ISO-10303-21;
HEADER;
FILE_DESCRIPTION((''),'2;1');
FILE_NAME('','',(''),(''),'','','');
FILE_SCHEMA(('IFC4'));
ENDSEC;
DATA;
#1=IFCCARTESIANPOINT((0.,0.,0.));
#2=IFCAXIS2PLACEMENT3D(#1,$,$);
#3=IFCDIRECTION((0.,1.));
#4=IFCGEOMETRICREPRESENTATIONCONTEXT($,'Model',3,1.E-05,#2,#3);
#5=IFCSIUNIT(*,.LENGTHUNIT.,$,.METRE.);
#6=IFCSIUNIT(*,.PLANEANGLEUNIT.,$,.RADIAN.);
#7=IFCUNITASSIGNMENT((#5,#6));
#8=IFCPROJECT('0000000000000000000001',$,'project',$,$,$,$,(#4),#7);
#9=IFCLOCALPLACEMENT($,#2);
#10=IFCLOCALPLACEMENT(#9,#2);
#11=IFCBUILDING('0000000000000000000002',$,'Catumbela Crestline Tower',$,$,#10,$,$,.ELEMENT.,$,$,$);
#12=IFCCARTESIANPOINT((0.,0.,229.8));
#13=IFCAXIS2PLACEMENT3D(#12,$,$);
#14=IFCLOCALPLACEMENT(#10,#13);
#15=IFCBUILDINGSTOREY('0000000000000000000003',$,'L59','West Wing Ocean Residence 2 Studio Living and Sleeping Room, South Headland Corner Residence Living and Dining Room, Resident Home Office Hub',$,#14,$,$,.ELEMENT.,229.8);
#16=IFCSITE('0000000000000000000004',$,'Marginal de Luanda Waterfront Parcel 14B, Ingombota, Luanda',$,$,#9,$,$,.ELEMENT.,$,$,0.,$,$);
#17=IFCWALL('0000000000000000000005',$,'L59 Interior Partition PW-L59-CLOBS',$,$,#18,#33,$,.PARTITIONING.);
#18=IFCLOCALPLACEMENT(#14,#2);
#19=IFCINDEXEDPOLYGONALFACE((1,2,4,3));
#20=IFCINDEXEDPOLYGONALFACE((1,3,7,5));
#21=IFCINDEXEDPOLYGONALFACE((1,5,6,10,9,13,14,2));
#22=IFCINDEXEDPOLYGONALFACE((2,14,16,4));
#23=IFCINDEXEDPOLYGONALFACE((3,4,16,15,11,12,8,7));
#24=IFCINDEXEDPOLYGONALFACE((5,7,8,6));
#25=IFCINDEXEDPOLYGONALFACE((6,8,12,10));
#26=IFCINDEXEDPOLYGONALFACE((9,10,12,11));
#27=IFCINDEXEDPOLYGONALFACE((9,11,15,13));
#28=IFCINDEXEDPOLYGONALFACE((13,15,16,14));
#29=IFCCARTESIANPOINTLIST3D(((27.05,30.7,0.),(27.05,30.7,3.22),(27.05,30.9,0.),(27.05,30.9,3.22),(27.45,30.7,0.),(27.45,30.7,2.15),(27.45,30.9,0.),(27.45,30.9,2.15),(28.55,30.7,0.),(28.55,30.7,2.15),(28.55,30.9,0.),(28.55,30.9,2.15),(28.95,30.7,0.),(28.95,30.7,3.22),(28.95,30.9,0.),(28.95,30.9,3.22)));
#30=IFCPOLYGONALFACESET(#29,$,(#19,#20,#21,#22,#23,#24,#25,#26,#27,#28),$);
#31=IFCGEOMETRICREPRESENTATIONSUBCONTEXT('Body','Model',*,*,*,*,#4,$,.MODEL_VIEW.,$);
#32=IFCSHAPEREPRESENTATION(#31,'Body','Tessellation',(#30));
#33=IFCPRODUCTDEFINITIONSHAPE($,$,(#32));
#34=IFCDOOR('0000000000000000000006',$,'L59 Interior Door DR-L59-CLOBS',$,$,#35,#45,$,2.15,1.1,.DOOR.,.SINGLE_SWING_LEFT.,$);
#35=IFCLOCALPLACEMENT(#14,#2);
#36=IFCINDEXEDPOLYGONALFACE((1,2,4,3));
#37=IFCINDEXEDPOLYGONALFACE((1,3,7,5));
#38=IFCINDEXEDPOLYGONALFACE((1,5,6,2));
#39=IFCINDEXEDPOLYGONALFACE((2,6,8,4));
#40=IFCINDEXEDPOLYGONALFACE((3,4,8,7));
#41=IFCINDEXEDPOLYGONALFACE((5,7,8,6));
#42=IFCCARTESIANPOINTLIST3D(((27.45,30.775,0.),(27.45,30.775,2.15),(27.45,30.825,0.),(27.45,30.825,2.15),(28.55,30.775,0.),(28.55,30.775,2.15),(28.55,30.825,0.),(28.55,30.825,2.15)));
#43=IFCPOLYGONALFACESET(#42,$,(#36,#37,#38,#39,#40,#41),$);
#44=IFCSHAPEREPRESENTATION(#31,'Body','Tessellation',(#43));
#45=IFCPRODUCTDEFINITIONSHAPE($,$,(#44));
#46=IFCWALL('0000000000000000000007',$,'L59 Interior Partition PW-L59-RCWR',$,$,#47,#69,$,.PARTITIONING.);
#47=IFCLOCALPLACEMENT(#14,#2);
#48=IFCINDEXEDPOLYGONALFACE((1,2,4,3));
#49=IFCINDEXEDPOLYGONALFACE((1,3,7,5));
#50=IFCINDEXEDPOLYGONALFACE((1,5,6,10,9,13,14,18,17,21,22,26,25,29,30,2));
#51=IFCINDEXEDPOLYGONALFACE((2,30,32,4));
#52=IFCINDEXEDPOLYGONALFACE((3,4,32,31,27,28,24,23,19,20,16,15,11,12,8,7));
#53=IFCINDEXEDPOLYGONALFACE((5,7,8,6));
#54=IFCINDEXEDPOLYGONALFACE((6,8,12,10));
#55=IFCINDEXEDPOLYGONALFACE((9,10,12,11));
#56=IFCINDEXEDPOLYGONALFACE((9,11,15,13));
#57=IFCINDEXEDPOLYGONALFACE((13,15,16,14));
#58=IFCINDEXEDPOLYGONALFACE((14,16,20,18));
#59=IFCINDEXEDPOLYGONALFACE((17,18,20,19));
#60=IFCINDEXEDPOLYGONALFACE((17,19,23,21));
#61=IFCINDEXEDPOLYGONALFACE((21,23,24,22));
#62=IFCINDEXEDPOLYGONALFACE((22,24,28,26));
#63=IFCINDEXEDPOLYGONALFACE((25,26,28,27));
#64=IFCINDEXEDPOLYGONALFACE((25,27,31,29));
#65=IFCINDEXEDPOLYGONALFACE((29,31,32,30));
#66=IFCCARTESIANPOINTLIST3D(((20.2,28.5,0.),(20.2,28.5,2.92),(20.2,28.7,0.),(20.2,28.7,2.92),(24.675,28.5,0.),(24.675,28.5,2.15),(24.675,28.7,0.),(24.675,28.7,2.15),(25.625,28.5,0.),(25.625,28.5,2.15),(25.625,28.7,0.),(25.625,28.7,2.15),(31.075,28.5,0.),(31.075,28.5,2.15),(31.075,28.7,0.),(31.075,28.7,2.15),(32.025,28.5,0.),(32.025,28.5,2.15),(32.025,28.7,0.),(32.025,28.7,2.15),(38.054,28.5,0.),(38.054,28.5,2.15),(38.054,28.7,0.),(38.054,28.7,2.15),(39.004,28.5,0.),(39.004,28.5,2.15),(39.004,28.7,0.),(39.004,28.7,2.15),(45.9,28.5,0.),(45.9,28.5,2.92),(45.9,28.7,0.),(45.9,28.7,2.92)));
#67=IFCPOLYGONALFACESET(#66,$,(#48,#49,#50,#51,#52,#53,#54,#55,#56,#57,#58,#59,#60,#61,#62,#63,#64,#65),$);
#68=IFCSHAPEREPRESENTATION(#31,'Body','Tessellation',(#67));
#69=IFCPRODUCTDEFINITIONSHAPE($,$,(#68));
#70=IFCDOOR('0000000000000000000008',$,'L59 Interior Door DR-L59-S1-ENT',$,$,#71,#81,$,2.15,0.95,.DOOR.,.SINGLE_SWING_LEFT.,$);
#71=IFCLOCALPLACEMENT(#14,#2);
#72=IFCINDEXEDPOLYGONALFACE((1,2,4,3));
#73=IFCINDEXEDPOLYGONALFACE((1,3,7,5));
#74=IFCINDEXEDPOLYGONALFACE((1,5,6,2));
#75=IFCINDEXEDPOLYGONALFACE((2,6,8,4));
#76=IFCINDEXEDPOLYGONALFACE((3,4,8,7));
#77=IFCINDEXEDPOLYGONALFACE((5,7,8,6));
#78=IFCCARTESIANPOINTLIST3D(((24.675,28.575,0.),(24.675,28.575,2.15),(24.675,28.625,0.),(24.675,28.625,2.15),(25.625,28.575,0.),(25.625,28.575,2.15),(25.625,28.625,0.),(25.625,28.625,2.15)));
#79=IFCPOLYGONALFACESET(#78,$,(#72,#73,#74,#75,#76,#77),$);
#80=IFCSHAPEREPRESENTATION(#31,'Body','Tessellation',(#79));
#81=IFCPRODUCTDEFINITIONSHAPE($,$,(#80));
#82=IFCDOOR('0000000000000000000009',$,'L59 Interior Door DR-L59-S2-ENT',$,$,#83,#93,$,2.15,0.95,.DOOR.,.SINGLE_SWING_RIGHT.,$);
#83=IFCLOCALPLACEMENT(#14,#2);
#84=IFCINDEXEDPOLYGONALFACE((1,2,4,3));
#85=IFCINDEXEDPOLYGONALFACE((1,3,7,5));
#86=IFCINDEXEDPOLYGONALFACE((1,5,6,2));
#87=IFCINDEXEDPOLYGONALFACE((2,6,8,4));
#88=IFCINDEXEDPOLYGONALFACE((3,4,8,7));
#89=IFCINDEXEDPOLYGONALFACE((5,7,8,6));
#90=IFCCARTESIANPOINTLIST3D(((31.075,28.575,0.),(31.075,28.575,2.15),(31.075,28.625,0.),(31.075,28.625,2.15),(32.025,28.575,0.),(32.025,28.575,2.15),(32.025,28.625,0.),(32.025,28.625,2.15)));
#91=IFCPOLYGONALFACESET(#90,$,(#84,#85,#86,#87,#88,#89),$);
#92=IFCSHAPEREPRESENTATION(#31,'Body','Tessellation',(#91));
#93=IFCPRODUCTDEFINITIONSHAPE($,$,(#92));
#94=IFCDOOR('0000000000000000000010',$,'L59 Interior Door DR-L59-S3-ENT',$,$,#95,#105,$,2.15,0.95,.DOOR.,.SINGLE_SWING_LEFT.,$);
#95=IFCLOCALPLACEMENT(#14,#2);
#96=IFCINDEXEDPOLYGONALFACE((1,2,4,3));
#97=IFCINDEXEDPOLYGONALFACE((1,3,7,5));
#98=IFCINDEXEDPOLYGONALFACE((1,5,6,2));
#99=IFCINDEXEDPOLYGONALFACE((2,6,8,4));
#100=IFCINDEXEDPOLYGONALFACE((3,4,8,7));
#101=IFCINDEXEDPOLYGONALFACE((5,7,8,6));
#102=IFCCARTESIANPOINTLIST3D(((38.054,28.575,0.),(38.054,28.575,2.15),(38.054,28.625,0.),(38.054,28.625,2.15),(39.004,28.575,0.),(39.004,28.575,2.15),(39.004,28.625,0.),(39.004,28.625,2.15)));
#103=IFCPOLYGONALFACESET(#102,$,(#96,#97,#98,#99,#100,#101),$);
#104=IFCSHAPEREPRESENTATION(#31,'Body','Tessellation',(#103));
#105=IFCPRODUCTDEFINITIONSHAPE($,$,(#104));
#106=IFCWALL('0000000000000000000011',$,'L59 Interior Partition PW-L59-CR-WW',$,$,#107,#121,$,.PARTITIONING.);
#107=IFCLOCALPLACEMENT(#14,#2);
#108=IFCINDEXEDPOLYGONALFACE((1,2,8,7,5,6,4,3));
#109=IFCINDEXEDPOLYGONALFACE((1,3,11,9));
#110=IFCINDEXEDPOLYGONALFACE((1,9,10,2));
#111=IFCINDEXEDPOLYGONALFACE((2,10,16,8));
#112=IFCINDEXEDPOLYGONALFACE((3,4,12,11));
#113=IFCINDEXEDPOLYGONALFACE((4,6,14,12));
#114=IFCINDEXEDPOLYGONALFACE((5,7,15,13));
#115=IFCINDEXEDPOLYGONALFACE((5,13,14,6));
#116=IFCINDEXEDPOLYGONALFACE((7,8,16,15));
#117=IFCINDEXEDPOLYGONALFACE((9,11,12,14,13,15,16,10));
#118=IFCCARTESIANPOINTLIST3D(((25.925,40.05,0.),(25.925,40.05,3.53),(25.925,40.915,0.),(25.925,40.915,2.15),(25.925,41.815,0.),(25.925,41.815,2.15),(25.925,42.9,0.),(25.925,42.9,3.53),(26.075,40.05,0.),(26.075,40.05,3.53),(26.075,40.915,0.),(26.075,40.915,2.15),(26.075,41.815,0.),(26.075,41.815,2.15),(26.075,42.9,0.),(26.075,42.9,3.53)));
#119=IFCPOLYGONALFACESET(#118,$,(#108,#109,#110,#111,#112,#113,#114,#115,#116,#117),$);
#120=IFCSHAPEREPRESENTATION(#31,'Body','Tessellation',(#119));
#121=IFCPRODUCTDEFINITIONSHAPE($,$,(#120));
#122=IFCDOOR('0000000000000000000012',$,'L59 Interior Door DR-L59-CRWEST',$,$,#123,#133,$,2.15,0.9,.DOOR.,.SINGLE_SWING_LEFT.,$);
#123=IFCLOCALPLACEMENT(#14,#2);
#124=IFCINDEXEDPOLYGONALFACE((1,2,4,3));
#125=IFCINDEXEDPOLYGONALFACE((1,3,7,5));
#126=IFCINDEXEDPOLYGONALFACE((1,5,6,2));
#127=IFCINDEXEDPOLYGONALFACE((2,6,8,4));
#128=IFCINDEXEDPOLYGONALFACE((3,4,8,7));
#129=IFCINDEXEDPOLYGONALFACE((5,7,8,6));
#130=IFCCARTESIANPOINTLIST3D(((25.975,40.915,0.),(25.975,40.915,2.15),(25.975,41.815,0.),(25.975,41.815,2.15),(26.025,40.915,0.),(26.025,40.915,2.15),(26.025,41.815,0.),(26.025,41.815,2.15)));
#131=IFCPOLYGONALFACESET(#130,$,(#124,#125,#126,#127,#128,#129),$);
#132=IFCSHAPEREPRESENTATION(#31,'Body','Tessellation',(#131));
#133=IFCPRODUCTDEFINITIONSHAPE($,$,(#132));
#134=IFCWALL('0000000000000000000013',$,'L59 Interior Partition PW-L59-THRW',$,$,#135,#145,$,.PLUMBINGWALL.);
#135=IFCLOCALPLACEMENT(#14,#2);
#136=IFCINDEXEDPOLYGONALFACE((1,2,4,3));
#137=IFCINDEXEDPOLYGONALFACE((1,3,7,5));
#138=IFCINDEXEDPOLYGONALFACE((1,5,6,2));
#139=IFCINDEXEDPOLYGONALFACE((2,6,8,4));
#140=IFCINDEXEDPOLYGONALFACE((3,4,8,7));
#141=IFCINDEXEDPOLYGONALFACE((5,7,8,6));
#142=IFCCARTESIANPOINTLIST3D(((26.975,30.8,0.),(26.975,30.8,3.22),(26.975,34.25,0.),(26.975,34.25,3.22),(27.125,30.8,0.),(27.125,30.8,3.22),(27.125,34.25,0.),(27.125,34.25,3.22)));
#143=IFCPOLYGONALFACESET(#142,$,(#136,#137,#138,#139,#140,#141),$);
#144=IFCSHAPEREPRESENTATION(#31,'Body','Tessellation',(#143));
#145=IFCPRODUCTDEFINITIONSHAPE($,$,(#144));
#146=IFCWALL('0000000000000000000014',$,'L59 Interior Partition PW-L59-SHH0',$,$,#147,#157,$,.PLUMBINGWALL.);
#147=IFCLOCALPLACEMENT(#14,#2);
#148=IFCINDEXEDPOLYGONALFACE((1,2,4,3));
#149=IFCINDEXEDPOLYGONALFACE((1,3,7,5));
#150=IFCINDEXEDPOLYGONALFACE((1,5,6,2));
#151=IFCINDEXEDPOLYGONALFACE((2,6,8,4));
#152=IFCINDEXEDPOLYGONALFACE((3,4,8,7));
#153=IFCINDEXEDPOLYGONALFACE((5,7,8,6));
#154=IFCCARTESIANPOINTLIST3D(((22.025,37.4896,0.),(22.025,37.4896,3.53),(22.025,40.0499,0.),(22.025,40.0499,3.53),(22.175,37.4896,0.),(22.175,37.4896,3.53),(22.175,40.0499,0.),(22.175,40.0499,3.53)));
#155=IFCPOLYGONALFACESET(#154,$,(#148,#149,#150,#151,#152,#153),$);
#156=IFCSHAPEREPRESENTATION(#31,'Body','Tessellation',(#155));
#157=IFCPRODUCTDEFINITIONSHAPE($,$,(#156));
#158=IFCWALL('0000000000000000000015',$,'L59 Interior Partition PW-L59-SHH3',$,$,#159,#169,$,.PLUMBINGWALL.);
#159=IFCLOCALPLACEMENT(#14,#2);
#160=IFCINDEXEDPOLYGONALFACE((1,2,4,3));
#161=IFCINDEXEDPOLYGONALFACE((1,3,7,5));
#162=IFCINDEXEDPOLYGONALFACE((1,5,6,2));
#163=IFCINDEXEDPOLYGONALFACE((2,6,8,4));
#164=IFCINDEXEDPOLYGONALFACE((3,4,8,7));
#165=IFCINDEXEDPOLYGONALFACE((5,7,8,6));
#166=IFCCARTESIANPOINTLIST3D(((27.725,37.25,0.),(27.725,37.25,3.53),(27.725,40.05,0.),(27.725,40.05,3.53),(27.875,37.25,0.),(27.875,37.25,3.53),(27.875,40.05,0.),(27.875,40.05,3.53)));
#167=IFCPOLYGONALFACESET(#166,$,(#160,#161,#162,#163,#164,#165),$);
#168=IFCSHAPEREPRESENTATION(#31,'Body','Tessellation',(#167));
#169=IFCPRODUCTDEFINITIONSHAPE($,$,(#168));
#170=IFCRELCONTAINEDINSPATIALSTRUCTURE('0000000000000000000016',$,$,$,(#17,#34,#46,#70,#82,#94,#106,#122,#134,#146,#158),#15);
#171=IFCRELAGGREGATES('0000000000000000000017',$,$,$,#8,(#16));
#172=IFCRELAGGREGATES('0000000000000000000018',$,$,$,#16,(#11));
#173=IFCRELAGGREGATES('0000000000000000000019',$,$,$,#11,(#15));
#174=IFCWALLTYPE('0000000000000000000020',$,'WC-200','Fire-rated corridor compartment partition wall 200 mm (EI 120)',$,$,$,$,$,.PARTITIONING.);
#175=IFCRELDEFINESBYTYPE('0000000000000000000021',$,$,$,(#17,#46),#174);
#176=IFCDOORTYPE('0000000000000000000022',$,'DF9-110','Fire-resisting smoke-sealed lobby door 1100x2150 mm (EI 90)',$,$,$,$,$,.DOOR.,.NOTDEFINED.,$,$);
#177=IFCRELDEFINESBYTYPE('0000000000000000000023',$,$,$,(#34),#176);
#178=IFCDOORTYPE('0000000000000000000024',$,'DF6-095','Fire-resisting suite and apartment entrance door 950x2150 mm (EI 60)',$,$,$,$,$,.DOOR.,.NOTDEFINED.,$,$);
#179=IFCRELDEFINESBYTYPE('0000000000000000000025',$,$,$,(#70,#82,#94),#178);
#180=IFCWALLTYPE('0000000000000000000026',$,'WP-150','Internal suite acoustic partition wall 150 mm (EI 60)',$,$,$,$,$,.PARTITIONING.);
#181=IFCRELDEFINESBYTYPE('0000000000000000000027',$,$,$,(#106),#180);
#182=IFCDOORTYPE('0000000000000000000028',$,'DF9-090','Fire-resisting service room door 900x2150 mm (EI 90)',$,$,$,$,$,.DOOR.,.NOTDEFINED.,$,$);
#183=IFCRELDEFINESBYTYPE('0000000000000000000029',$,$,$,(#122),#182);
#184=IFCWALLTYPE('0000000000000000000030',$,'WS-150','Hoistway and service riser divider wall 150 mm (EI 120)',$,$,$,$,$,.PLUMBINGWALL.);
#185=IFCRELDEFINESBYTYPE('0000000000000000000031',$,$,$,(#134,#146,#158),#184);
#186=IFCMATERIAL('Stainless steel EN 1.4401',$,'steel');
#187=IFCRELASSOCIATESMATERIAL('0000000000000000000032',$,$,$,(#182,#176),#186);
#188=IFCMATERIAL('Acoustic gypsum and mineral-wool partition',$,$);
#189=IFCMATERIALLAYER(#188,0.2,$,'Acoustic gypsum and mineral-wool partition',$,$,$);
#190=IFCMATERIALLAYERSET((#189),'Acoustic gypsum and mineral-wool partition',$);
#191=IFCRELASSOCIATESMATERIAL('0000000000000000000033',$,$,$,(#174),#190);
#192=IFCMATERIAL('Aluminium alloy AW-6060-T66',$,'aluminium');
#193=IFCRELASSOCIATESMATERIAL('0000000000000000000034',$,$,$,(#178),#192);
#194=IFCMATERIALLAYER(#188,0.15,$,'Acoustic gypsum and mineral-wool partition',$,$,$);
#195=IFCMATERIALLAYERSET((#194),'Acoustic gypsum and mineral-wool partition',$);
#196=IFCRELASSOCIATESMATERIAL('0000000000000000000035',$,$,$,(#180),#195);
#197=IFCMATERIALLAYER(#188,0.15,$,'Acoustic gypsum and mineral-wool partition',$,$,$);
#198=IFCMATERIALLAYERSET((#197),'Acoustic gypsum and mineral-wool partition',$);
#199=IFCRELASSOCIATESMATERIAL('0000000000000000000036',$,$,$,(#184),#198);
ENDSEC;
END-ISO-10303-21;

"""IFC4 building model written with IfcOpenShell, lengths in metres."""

from ifc_helpers import new_model, si_unit, direction, frame, frame_2d, origin, place, context, subcontext, project, spatial, rectangle, extrude, material, layer, layer_set, type_object, element, fill, save


model = new_model("IFC4")

# Units and contexts
model_context = context("Model", 3, precision=1e-05, world=origin(), true_north=direction((0.0, 1.0)))
body_context = subcontext(model_context, "Body", "Model", "MODEL_VIEW")
ifc_project = project(units=[si_unit("LENGTHUNIT", "METRE"), si_unit("PLANEANGLEUNIT", "RADIAN")], contexts=[model_context])

# Site, building, storey
site_placement = place(None, origin())
site = spatial("IfcSite", under=ifc_project, at=site_placement, Name="Marginal de Luanda Waterfront Parcel 14B, Ingombota, Luanda", CompositionType="ELEMENT", RefElevation=0.0)
building_placement = place(site_placement, origin())
building = spatial("IfcBuilding", under=site, at=building_placement, Name="Catumbela Crestline Tower", CompositionType="ELEMENT")
storey_placement = place(building_placement, frame((0.0, 0.0, 229.8)))
storey = spatial("IfcBuildingStorey", under=building, at=storey_placement, Name="L59", Description="West Wing Ocean Residence 2 Studio Living and Sleeping Room, South Headland Corner Residence Living and Dining Room, Resident Home Office Hub", CompositionType="ELEMENT", Elevation=229.8)

# Shared definitions
ifc_material_1 = material(Name="Stainless steel EN 1.4401", Category="steel")

# Shared definitions
door_type_1 = type_object("IfcDoorType", Name="DF9-090", Description="Fire-resisting service room door 900x2150 mm (EI 90)", OperationType="NOTDEFINED", PredefinedType="DOOR", material=ifc_material_1)

# Wall, opening, door
ifc_material_2 = material(Name="Acoustic gypsum and mineral-wool partition")
ifc_layer_1 = layer(ifc_material_2, 0.2, Name="Acoustic gypsum and mineral-wool partition")
ifc_layer_set_1 = layer_set([ifc_layer_1], Name="Acoustic gypsum and mineral-wool partition")
wall_type_1 = type_object("IfcWallType", Name="WC-200", Description="Fire-rated corridor compartment partition wall 200 mm (EI 120)", PredefinedType="PARTITIONING", material=ifc_layer_set_1)
wall_1_placement = place(storey_placement, frame((27.05, 30.8, 0.0), z_axis=(0.0, 0.0, 1.0), x_axis=(1.0, 0.0, 0.0)))
wall_1 = element("IfcWall", 1, at=wall_1_placement, inside=storey, type_object=wall_type_1, Name="L59 Interior Partition PW-L59-CLOBS", PredefinedType="PARTITIONING", context=body_context, shape_type="SweptSolid", body=[
    extrude(rectangle(XDim=1.9, YDim=0.2, at=frame_2d((0.95, 0.0))), origin(), (0.0, 0.0, 1.0), 3.22),
])
opening_1_placement = place(wall_1_placement, frame((0.4, 0.0, 0.0)))
opening_1 = element("IfcOpeningElement", 2, at=opening_1_placement, cuts=wall_1, PredefinedType="OPENING", context=body_context, shape_type="SweptSolid", body=[
    extrude(rectangle(XDim=1.1, YDim=2.15, at=frame_2d((0.55, 1.075))), frame((0.0, 0.11, 0.0), z_axis=(0.0, -1.0, 0.0), x_axis=(1.0, 0.0, 0.0)), (0.0, 0.0, 1.0), 0.22),
])
door_type_2 = type_object("IfcDoorType", Name="DF9-110", Description="Fire-resisting smoke-sealed lobby door 1100x2150 mm (EI 90)", OperationType="NOTDEFINED", PredefinedType="DOOR", material=ifc_material_1)
door_1_placement = place(opening_1_placement, origin())
door_1 = element("IfcDoor", 3, at=door_1_placement, inside=storey, type_object=door_type_2, Name="L59 Interior Door DR-L59-CLOBS", OperationType="SINGLE_SWING_LEFT", OverallHeight=2.15, OverallWidth=1.1, PredefinedType="DOOR", context=body_context, shape_type="SweptSolid", body=[
    extrude(rectangle(XDim=1.1, YDim=2.15, at=frame_2d((0.55, 1.075))), frame((0.0, 0.025, 0.0), z_axis=(0.0, -1.0, 0.0), x_axis=(1.0, 0.0, 0.0)), (0.0, 0.0, 1.0), 0.05),
])
fill(opening_1, door_1)

# Wall, openings, doors
wall_2_placement = place(storey_placement, frame((20.2, 28.6, 0.0), z_axis=(0.0, 0.0, 1.0), x_axis=(1.0, 0.0, 0.0)))
wall_2 = element("IfcWall", 4, at=wall_2_placement, inside=storey, type_object=wall_type_1, Name="L59 Interior Partition PW-L59-RCWR", PredefinedType="PARTITIONING", context=body_context, shape_type="SweptSolid", body=[
    extrude(rectangle(XDim=25.7, YDim=0.2, at=frame_2d((12.85, 0.0))), origin(), (0.0, 0.0, 1.0), 2.92),
])
opening_2_placement = place(wall_2_placement, frame((4.475, 0.0, 0.0)))
opening_2 = element("IfcOpeningElement", 5, at=opening_2_placement, cuts=wall_2, PredefinedType="OPENING", context=body_context, shape_type="SweptSolid", body=[
    extrude(rectangle(XDim=0.95, YDim=2.15, at=frame_2d((0.475, 1.075))), frame((0.0, 0.11, 0.0), z_axis=(0.0, -1.0, 0.0), x_axis=(1.0, 0.0, 0.0)), (0.0, 0.0, 1.0), 0.22),
])
opening_3_placement = place(wall_2_placement, frame((10.875, 0.0, 0.0)))
opening_3 = element("IfcOpeningElement", 6, at=opening_3_placement, cuts=wall_2, PredefinedType="OPENING", context=body_context, shape_type="SweptSolid", body=[
    extrude(rectangle(XDim=0.95, YDim=2.15, at=frame_2d((0.475, 1.075))), frame((0.0, 0.11, 0.0), z_axis=(0.0, -1.0, 0.0), x_axis=(1.0, 0.0, 0.0)), (0.0, 0.0, 1.0), 0.22),
])
opening_4_placement = place(wall_2_placement, frame((17.854, 0.0, 0.0)))
opening_4 = element("IfcOpeningElement", 7, at=opening_4_placement, cuts=wall_2, PredefinedType="OPENING", context=body_context, shape_type="SweptSolid", body=[
    extrude(rectangle(XDim=0.95, YDim=2.15, at=frame_2d((0.475, 1.075))), frame((0.0, 0.11, 0.0), z_axis=(0.0, -1.0, 0.0), x_axis=(1.0, 0.0, 0.0)), (0.0, 0.0, 1.0), 0.22),
])
ifc_material_3 = material(Name="Aluminium alloy AW-6060-T66", Category="aluminium")
door_type_3 = type_object("IfcDoorType", Name="DF6-095", Description="Fire-resisting suite and apartment entrance door 950x2150 mm (EI 60)", OperationType="NOTDEFINED", PredefinedType="DOOR", material=ifc_material_3)
door_2_placement = place(opening_2_placement, origin())
door_2 = element("IfcDoor", 8, at=door_2_placement, inside=storey, type_object=door_type_3, Name="L59 Interior Door DR-L59-S1-ENT", OperationType="SINGLE_SWING_LEFT", OverallHeight=2.15, OverallWidth=0.95, PredefinedType="DOOR", context=body_context, shape_type="SweptSolid", body=[
    extrude(rectangle(XDim=0.95, YDim=2.15, at=frame_2d((0.475, 1.075))), frame((0.0, 0.025, 0.0), z_axis=(0.0, -1.0, 0.0), x_axis=(1.0, 0.0, 0.0)), (0.0, 0.0, 1.0), 0.05),
])
fill(opening_2, door_2)
door_3_placement = place(opening_3_placement, origin())
door_3 = element("IfcDoor", 9, at=door_3_placement, inside=storey, type_object=door_type_3, Name="L59 Interior Door DR-L59-S2-ENT", OperationType="SINGLE_SWING_RIGHT", OverallHeight=2.15, OverallWidth=0.95, PredefinedType="DOOR", context=body_context, shape_type="SweptSolid", body=[
    extrude(rectangle(XDim=0.95, YDim=2.15, at=frame_2d((0.475, 1.075))), frame((0.0, 0.025, 0.0), z_axis=(0.0, -1.0, 0.0), x_axis=(1.0, 0.0, 0.0)), (0.0, 0.0, 1.0), 0.05),
])
fill(opening_3, door_3)
door_4_placement = place(opening_4_placement, origin())
door_4 = element("IfcDoor", 10, at=door_4_placement, inside=storey, type_object=door_type_3, Name="L59 Interior Door DR-L59-S3-ENT", OperationType="SINGLE_SWING_LEFT", OverallHeight=2.15, OverallWidth=0.95, PredefinedType="DOOR", context=body_context, shape_type="SweptSolid", body=[
    extrude(rectangle(XDim=0.95, YDim=2.15, at=frame_2d((0.475, 1.075))), frame((0.0, 0.025, 0.0), z_axis=(0.0, -1.0, 0.0), x_axis=(1.0, 0.0, 0.0)), (0.0, 0.0, 1.0), 0.05),
])
fill(opening_4, door_4)

# Wall, opening, door
ifc_layer_2 = layer(ifc_material_2, 0.15, Name="Acoustic gypsum and mineral-wool partition")
ifc_layer_set_2 = layer_set([ifc_layer_2], Name="Acoustic gypsum and mineral-wool partition")
wall_type_2 = type_object("IfcWallType", Name="WP-150", Description="Internal suite acoustic partition wall 150 mm (EI 60)", PredefinedType="PARTITIONING", material=ifc_layer_set_2)
wall_3_placement = place(storey_placement, frame((26.0, 40.05, 0.0), z_axis=(0.0, 0.0, 1.0), x_axis=(0.0, 1.0, 0.0)))
wall_3 = element("IfcWall", 11, at=wall_3_placement, inside=storey, type_object=wall_type_2, Name="L59 Interior Partition PW-L59-CR-WW", PredefinedType="PARTITIONING", context=body_context, shape_type="SweptSolid", body=[
    extrude(rectangle(XDim=2.85, YDim=0.15, at=frame_2d((1.425, 0.0))), origin(), (0.0, 0.0, 1.0), 3.53),
])
opening_5_placement = place(wall_3_placement, frame((0.865, 0.0, 0.0)))
opening_5 = element("IfcOpeningElement", 12, at=opening_5_placement, cuts=wall_3, PredefinedType="OPENING", context=body_context, shape_type="SweptSolid", body=[
    extrude(rectangle(XDim=0.9, YDim=2.15, at=frame_2d((0.45, 1.075))), frame((0.0, 0.085, 0.0), z_axis=(0.0, -1.0, 0.0), x_axis=(1.0, 0.0, 0.0)), (0.0, 0.0, 1.0), 0.17),
])
door_5_placement = place(opening_5_placement, origin())
door_5 = element("IfcDoor", 13, at=door_5_placement, inside=storey, type_object=door_type_1, Name="L59 Interior Door DR-L59-CRWEST", OperationType="SINGLE_SWING_LEFT", OverallHeight=2.15, OverallWidth=0.9, PredefinedType="DOOR", context=body_context, shape_type="SweptSolid", body=[
    extrude(rectangle(XDim=0.9, YDim=2.15, at=frame_2d((0.45, 1.075))), frame((0.0, 0.025, 0.0), z_axis=(0.0, -1.0, 0.0), x_axis=(1.0, 0.0, 0.0)), (0.0, 0.0, 1.0), 0.05),
])
fill(opening_5, door_5)

# Walls
ifc_layer_3 = layer(ifc_material_2, 0.15, Name="Acoustic gypsum and mineral-wool partition")
ifc_layer_set_3 = layer_set([ifc_layer_3], Name="Acoustic gypsum and mineral-wool partition")
wall_type_3 = type_object("IfcWallType", Name="WS-150", Description="Hoistway and service riser divider wall 150 mm (EI 120)", PredefinedType="PLUMBINGWALL", material=ifc_layer_set_3)
wall_4_placement = place(storey_placement, frame((27.05, 30.8, 0.0), z_axis=(0.0, 0.0, 1.0), x_axis=(0.0, 1.0, 0.0)))
element("IfcWall", 14, at=wall_4_placement, inside=storey, type_object=wall_type_3, Name="L59 Interior Partition PW-L59-THRW", PredefinedType="PLUMBINGWALL", context=body_context, shape_type="SweptSolid", body=[
    extrude(rectangle(XDim=3.45, YDim=0.15, at=frame_2d((1.725, 0.0))), origin(), (0.0, 0.0, 1.0), 3.22),
])
wall_5_placement = place(storey_placement, frame((22.1, 37.4897, 0.0), z_axis=(0.0, 0.0, 1.0), x_axis=(0.0, 1.0, 0.0)))
element("IfcWall", 15, at=wall_5_placement, inside=storey, type_object=wall_type_3, Name="L59 Interior Partition PW-L59-SHH0", PredefinedType="PLUMBINGWALL", context=body_context, shape_type="SweptSolid", body=[
    extrude(rectangle(XDim=2.5603, YDim=0.15, at=frame_2d((1.2801, 0.0))), origin(), (0.0, 0.0, 1.0), 3.53),
])
wall_6_placement = place(storey_placement, frame((27.8, 37.25, 0.0), z_axis=(0.0, 0.0, 1.0), x_axis=(0.0, 1.0, 0.0)))
element("IfcWall", 16, at=wall_6_placement, inside=storey, type_object=wall_type_3, Name="L59 Interior Partition PW-L59-SHH3", PredefinedType="PLUMBINGWALL", context=body_context, shape_type="SweptSolid", body=[
    extrude(rectangle(XDim=2.8, YDim=0.15, at=frame_2d((1.4, 0.0))), origin(), (0.0, 0.0, 1.0), 3.53),
])

save(model, "model.ifc")
